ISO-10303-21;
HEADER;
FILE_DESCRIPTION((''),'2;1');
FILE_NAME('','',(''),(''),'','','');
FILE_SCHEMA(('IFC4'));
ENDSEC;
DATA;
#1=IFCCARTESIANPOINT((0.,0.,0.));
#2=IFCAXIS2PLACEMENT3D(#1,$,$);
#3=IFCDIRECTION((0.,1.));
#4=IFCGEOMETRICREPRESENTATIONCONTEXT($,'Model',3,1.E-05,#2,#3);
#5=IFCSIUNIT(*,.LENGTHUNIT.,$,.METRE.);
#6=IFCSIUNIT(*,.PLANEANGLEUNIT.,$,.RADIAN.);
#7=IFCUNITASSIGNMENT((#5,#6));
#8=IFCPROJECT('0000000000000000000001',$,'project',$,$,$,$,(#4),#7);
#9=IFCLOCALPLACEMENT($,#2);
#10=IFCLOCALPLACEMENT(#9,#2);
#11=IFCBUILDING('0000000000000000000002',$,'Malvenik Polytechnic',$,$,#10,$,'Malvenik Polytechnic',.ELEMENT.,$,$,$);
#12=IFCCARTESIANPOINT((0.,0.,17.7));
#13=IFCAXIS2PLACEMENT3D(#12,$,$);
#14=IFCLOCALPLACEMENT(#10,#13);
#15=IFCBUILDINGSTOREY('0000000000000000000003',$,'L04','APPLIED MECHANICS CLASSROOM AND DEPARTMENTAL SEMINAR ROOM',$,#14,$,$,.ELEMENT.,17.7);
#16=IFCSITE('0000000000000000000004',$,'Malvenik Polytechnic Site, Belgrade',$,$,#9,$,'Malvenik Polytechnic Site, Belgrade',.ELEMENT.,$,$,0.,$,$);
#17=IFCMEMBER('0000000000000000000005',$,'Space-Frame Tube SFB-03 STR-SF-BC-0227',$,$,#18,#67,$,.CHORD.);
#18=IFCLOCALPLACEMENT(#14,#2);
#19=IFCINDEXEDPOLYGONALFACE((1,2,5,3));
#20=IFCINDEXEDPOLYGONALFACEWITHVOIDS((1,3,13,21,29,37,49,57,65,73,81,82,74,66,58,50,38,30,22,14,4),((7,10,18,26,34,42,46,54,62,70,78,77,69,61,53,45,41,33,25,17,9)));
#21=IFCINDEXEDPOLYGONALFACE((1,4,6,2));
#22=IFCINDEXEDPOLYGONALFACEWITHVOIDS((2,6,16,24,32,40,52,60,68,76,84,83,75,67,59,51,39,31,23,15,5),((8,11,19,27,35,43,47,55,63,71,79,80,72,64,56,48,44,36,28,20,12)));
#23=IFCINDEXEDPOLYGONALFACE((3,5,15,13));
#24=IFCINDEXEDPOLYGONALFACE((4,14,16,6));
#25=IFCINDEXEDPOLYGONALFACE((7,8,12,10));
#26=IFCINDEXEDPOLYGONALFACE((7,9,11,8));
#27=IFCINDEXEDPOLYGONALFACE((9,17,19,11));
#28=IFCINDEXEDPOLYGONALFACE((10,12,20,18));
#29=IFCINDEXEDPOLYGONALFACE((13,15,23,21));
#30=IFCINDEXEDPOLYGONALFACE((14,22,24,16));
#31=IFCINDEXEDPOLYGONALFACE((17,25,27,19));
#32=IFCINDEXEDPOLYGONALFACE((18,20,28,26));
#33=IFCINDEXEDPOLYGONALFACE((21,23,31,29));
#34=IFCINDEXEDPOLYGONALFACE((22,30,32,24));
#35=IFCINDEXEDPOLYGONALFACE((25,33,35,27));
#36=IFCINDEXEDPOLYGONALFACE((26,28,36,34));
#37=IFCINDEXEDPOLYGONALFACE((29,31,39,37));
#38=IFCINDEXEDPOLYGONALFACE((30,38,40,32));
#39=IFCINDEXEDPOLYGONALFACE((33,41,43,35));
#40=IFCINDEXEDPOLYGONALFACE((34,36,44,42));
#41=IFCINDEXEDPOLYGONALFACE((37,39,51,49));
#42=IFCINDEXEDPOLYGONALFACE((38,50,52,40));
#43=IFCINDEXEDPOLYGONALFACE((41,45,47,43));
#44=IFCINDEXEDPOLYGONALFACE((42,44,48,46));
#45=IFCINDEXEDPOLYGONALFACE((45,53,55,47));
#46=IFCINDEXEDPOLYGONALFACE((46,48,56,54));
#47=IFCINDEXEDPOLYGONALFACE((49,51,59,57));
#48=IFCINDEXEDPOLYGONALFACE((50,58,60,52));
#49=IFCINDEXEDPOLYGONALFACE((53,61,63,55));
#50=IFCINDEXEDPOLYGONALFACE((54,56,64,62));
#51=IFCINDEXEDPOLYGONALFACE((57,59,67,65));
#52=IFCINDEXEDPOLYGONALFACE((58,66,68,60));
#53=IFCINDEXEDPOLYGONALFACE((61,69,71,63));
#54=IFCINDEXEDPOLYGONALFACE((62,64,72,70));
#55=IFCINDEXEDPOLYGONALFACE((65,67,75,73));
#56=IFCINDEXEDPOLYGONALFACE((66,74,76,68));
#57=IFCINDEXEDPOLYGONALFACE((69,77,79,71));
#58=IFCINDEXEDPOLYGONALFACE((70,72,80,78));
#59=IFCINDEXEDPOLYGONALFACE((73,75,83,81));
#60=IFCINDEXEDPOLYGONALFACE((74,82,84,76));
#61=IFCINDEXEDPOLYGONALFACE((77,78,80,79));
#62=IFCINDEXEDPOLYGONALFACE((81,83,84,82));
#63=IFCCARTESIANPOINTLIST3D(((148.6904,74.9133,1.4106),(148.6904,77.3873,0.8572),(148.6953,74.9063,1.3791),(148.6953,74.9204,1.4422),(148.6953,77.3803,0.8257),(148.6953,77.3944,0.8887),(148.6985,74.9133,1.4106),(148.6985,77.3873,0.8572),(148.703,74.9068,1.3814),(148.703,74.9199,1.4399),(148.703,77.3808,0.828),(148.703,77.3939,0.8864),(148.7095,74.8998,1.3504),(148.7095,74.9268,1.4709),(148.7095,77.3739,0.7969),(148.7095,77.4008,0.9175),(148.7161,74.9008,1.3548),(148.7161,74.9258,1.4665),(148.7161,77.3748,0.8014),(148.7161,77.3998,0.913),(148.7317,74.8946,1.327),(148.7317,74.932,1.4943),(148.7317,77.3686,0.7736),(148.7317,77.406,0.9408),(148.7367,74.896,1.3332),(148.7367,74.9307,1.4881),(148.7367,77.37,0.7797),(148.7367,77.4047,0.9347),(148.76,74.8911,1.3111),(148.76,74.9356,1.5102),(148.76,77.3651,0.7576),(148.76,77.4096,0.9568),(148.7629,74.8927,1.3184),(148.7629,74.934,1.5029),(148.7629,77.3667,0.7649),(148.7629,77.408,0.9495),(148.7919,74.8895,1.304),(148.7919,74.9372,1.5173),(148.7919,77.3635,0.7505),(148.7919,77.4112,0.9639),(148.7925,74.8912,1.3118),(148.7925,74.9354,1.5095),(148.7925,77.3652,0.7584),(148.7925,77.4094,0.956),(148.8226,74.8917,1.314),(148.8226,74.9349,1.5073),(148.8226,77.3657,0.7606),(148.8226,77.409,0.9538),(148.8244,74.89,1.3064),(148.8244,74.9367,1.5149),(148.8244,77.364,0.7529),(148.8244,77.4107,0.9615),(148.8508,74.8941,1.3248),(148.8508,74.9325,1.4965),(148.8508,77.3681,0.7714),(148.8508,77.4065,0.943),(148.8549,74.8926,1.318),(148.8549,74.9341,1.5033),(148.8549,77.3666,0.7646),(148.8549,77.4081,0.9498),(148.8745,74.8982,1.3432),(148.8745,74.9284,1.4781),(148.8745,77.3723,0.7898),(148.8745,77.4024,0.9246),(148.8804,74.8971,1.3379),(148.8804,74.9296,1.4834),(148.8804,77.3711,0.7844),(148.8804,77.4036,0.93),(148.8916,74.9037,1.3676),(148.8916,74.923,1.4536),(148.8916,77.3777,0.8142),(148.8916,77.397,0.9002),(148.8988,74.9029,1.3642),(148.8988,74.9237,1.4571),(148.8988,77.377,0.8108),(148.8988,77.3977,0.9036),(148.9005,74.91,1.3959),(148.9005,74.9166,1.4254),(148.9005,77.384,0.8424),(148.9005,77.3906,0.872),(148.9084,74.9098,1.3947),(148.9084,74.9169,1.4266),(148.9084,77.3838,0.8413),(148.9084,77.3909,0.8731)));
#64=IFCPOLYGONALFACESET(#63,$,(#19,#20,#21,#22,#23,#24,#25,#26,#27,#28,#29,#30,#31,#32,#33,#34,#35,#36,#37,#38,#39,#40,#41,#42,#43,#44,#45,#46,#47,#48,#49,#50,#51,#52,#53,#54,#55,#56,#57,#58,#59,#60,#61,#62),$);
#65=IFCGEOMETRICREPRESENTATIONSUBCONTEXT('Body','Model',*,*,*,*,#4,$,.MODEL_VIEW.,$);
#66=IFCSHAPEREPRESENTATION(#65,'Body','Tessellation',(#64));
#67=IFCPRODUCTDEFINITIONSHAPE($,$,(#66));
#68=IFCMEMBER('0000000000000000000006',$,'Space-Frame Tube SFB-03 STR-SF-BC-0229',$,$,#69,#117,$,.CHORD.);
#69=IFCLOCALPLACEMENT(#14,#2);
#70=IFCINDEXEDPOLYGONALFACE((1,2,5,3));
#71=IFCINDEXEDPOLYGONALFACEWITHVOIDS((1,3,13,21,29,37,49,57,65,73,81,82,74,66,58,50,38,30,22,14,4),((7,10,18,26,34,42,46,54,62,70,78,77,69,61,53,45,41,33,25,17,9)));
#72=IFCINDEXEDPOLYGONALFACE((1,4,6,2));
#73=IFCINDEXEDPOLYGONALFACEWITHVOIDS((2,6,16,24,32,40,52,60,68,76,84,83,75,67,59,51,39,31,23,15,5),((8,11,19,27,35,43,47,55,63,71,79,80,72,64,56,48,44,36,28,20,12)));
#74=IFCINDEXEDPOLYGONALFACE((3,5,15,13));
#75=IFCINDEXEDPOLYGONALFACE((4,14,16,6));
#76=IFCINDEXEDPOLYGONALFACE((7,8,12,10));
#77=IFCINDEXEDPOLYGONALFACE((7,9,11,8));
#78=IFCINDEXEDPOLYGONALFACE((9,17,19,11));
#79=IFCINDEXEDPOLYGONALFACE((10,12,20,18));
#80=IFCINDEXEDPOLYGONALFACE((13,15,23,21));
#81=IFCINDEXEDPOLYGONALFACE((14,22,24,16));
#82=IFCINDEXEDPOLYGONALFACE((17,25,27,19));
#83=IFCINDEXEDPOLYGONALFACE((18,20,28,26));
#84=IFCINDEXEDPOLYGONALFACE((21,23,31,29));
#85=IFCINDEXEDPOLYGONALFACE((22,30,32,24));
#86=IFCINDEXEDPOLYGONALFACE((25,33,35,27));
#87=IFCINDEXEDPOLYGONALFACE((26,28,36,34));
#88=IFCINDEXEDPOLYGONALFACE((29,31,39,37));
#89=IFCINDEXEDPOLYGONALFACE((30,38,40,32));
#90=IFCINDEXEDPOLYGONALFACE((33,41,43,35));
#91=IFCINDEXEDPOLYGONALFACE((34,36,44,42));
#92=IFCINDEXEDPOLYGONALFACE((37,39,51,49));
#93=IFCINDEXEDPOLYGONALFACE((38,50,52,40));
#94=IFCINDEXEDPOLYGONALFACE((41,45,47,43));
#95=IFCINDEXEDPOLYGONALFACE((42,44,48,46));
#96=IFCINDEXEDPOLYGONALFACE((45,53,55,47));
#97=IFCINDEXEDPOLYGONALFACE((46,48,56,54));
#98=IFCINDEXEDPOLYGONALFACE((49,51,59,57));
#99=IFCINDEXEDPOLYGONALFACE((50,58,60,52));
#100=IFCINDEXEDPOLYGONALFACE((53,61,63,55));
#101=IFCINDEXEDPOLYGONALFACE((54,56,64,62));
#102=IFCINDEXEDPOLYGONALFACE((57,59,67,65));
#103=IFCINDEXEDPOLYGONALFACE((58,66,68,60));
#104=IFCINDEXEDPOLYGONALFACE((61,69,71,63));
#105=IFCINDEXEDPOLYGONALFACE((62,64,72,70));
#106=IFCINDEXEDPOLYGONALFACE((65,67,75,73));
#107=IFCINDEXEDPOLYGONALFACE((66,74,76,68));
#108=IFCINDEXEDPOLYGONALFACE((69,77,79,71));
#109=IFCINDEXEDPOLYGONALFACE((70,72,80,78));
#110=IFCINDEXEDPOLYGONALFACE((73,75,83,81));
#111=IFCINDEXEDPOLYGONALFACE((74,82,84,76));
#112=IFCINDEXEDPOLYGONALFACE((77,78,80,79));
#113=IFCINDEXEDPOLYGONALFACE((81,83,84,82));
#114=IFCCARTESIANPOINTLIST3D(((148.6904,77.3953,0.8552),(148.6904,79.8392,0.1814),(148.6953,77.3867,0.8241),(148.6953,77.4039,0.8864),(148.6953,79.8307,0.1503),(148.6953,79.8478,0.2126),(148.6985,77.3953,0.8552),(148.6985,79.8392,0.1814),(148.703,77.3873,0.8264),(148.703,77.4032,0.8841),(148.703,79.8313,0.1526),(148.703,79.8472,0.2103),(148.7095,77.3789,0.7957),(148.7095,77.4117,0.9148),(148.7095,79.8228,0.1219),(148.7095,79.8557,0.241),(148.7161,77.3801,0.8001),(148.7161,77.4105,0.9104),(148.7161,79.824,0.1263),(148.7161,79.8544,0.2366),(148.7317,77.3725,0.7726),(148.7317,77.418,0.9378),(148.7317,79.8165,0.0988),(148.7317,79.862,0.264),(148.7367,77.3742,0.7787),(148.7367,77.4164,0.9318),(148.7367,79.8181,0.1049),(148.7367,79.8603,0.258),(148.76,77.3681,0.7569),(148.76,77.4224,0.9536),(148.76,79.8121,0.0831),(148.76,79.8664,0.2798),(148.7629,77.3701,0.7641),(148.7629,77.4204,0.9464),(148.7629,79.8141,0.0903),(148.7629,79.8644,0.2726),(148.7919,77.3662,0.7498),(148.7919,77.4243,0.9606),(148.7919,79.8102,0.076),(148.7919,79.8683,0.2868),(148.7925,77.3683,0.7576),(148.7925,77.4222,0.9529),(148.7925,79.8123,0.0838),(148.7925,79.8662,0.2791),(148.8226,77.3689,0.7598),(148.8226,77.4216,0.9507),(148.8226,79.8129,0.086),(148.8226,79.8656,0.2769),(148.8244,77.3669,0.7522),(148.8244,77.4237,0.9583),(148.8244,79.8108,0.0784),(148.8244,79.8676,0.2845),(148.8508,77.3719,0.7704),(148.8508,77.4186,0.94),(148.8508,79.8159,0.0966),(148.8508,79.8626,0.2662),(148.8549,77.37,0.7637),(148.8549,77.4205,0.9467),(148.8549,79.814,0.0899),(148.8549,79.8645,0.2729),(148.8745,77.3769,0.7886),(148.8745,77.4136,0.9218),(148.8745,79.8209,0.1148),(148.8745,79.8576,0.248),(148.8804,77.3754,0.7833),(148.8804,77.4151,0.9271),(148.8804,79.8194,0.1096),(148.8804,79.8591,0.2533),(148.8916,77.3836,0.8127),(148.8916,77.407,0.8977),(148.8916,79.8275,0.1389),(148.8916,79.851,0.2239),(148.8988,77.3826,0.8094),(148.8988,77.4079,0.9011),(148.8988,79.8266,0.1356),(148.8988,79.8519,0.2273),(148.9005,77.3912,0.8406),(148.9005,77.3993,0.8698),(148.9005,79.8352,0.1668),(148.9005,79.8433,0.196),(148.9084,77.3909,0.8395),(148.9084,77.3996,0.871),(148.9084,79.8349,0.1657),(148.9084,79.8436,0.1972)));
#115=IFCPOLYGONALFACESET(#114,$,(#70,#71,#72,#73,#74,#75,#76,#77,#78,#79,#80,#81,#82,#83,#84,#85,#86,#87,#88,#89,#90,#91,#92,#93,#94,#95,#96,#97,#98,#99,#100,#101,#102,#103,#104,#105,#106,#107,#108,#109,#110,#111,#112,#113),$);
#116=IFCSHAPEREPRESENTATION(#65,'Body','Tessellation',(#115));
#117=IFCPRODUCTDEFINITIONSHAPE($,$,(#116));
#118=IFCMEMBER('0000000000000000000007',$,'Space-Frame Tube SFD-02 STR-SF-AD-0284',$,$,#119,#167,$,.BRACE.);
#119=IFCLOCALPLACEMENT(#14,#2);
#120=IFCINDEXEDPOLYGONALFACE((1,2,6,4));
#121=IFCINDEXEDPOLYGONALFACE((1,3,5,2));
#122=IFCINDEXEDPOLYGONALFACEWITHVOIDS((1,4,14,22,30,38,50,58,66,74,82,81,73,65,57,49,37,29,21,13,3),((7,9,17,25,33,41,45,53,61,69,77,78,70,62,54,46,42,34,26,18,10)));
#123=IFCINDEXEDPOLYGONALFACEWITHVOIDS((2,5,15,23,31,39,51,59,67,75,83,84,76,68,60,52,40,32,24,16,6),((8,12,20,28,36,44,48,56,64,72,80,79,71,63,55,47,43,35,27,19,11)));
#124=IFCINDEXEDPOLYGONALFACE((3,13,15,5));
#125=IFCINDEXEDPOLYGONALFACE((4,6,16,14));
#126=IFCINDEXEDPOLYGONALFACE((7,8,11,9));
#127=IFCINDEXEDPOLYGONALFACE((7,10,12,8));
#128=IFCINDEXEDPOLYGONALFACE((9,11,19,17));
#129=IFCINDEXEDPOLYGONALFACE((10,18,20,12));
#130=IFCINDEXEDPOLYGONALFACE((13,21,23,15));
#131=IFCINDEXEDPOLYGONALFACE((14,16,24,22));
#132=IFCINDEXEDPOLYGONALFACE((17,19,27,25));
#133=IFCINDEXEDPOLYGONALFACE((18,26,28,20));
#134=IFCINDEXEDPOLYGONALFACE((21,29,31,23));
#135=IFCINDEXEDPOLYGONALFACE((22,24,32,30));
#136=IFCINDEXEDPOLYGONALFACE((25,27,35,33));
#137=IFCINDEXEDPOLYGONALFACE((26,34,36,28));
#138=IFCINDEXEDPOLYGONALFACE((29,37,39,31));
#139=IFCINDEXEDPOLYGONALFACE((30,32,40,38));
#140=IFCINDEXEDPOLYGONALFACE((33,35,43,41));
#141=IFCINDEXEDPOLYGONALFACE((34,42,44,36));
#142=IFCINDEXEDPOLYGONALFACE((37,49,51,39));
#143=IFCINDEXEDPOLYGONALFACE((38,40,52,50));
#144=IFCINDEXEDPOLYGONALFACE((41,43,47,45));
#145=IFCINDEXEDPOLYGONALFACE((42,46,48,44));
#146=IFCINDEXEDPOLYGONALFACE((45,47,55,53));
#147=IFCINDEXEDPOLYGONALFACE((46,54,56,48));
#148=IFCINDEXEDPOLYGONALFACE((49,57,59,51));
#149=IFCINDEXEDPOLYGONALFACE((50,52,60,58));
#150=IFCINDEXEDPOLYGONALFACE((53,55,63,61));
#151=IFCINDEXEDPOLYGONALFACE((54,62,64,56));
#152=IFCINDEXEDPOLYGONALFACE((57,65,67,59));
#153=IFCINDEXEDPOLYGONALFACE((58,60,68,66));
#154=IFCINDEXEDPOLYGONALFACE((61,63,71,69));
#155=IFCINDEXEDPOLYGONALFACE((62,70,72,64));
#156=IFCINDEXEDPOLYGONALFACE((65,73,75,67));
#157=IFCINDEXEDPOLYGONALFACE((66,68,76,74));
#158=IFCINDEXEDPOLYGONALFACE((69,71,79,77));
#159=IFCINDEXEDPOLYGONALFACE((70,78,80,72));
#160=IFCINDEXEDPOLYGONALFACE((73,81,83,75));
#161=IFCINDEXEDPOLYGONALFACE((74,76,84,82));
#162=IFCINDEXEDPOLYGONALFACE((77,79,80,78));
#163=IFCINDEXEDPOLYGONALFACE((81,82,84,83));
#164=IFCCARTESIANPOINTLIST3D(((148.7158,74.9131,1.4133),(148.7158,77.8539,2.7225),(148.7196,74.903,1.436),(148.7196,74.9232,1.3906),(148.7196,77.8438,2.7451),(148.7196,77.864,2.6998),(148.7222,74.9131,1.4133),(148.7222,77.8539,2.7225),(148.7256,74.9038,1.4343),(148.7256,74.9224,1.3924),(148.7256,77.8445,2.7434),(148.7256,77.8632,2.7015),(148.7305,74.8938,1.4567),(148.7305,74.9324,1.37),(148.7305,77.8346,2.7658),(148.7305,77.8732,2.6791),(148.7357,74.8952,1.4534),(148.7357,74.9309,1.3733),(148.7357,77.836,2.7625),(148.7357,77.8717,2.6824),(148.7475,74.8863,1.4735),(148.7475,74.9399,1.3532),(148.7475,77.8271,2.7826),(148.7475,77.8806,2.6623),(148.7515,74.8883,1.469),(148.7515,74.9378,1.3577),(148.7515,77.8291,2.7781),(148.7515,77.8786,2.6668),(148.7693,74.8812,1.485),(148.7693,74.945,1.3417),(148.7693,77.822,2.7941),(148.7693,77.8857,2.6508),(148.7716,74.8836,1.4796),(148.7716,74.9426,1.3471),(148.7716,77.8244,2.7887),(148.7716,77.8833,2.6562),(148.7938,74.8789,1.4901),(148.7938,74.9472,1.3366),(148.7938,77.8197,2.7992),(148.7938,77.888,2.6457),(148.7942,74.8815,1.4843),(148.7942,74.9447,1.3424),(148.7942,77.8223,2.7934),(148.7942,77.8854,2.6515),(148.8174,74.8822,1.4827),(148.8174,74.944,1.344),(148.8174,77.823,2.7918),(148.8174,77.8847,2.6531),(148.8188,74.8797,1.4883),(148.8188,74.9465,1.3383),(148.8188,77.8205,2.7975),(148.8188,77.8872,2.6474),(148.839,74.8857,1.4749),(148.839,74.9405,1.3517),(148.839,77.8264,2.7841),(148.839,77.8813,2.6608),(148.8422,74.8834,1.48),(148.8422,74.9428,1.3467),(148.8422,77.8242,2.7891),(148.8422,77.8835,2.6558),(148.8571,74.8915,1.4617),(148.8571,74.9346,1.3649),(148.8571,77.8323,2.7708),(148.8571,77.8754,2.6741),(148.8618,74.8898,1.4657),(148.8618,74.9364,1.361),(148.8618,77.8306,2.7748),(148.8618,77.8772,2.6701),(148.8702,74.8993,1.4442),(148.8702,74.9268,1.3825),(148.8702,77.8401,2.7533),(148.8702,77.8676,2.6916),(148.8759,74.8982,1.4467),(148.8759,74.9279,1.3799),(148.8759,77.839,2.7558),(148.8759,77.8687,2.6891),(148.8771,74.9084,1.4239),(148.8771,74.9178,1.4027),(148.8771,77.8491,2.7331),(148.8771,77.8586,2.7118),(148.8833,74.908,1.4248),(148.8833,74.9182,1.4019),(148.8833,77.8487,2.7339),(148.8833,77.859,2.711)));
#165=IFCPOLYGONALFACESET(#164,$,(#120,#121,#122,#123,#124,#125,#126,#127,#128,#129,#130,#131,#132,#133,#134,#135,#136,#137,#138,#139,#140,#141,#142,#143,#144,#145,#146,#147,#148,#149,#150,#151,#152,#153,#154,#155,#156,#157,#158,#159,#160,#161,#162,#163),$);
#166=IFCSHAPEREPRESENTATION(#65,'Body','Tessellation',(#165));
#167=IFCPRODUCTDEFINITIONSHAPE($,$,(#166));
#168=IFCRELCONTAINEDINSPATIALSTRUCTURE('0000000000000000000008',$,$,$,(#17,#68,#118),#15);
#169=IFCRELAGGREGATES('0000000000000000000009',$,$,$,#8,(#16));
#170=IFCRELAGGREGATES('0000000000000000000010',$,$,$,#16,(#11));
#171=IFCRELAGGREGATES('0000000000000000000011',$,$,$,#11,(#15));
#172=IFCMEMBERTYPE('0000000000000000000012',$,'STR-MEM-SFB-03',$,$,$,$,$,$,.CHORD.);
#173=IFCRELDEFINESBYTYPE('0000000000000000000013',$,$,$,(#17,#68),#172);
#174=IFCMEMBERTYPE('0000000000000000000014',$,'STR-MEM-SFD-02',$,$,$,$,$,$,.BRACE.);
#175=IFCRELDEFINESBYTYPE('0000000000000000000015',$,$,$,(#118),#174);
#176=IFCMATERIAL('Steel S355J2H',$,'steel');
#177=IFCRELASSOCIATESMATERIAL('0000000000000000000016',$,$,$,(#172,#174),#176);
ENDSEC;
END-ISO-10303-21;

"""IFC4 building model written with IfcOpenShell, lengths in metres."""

from ifc_helpers import new_model, si_unit, direction, frame, origin, origin_2d, place, context, subcontext, project, spatial, hollow_circle, extrude, material, material_profile, profile_set, type_object, element, save


model = new_model("IFC4")

# Units and contexts
model_context = context("Model", 3, precision=1e-05, world=origin(), true_north=direction((0.0, 1.0)))
body_context = subcontext(model_context, "Body", "Model", "MODEL_VIEW")
ifc_project = project(units=[si_unit("LENGTHUNIT", "METRE"), si_unit("PLANEANGLEUNIT", "RADIAN")], contexts=[model_context])

# Site, building, storey
site_placement = place(None, origin())
site = spatial("IfcSite", under=ifc_project, at=site_placement, Name="Malvenik Polytechnic Site, Belgrade", LongName="Malvenik Polytechnic Site, Belgrade", CompositionType="ELEMENT", RefElevation=0.0)
building_placement = place(site_placement, origin())
building = spatial("IfcBuilding", under=site, at=building_placement, Name="Malvenik Polytechnic", LongName="Malvenik Polytechnic", CompositionType="ELEMENT")
storey_placement = place(building_placement, frame((0.0, 0.0, 17.7)))
storey = spatial("IfcBuildingStorey", under=building, at=storey_placement, Name="L04", Description="APPLIED MECHANICS CLASSROOM AND DEPARTMENTAL SEMINAR ROOM", CompositionType="ELEMENT", Elevation=17.7)

# Members
ifc_material = material(Name="Steel S355J2H", Category="steel")
ifc_material_profile_1 = material_profile(ifc_material, hollow_circle(Radius=0.1096, WallThickness=0.0081, at=origin_2d()), Name="CHS 219.1x8.0")
ifc_profile_set_1 = profile_set([ifc_material_profile_1], Name="Steel S355J2H")
member_type_1 = type_object("IfcMemberType", Name="STR-MEM-SFB-03", PredefinedType="CHORD", material=ifc_profile_set_1)
for number, where, z_axis, x_axis, name in (
    (1, (148.8, 74.9133, 1.4106), (0.0, 0.97588, -0.218307), (-1.0, 0.0, 0.0), "Space-Frame Tube SFB-03 STR-SF-BC-0227"),
    (2, (148.8, 77.3953, 0.8552), (0.0, 0.964033, -0.265781), (-1.0, 0.0, 0.0), "Space-Frame Tube SFB-03 STR-SF-BC-0229"),
):
    element("IfcMember", number, at=place(storey_placement, frame(where, z_axis=z_axis, x_axis=x_axis)), inside=storey, type_object=member_type_1, Name=name, PredefinedType="CHORD", context=body_context, shape_type="SweptSolid", body=[
        extrude(hollow_circle(Radius=0.1096, WallThickness=0.0081, at=origin_2d()), origin(), (0.0, 0.0, 1.0), 2.5352),
    ])
ifc_material_profile_2 = material_profile(ifc_material, hollow_circle(Radius=0.0842, WallThickness=0.0063, at=origin_2d()), Name="CHS 168.3x6.3")
ifc_profile_set_2 = profile_set([ifc_material_profile_2], Name="Steel S355J2H")
member_type_2 = type_object("IfcMemberType", Name="STR-MEM-SFD-02", PredefinedType="BRACE", material=ifc_profile_set_2)
for number, where, z_axis, x_axis, name in (
    (3, (148.8, 74.9131, 1.4133), (0.0, 0.913567, 0.406687), (-1.0, 0.0, 0.0), "Space-Frame Tube SFD-02 STR-SF-AD-0284"),
):
    element("IfcMember", number, at=place(storey_placement, frame(where, z_axis=z_axis, x_axis=x_axis)), inside=storey, type_object=member_type_2, Name=name, PredefinedType="BRACE", context=body_context, shape_type="SweptSolid", body=[
        extrude(hollow_circle(Radius=0.0842, WallThickness=0.0063, at=origin_2d()), origin(), (0.0, 0.0, 1.0), 3.219),
    ])

save(model, "model.ifc")
